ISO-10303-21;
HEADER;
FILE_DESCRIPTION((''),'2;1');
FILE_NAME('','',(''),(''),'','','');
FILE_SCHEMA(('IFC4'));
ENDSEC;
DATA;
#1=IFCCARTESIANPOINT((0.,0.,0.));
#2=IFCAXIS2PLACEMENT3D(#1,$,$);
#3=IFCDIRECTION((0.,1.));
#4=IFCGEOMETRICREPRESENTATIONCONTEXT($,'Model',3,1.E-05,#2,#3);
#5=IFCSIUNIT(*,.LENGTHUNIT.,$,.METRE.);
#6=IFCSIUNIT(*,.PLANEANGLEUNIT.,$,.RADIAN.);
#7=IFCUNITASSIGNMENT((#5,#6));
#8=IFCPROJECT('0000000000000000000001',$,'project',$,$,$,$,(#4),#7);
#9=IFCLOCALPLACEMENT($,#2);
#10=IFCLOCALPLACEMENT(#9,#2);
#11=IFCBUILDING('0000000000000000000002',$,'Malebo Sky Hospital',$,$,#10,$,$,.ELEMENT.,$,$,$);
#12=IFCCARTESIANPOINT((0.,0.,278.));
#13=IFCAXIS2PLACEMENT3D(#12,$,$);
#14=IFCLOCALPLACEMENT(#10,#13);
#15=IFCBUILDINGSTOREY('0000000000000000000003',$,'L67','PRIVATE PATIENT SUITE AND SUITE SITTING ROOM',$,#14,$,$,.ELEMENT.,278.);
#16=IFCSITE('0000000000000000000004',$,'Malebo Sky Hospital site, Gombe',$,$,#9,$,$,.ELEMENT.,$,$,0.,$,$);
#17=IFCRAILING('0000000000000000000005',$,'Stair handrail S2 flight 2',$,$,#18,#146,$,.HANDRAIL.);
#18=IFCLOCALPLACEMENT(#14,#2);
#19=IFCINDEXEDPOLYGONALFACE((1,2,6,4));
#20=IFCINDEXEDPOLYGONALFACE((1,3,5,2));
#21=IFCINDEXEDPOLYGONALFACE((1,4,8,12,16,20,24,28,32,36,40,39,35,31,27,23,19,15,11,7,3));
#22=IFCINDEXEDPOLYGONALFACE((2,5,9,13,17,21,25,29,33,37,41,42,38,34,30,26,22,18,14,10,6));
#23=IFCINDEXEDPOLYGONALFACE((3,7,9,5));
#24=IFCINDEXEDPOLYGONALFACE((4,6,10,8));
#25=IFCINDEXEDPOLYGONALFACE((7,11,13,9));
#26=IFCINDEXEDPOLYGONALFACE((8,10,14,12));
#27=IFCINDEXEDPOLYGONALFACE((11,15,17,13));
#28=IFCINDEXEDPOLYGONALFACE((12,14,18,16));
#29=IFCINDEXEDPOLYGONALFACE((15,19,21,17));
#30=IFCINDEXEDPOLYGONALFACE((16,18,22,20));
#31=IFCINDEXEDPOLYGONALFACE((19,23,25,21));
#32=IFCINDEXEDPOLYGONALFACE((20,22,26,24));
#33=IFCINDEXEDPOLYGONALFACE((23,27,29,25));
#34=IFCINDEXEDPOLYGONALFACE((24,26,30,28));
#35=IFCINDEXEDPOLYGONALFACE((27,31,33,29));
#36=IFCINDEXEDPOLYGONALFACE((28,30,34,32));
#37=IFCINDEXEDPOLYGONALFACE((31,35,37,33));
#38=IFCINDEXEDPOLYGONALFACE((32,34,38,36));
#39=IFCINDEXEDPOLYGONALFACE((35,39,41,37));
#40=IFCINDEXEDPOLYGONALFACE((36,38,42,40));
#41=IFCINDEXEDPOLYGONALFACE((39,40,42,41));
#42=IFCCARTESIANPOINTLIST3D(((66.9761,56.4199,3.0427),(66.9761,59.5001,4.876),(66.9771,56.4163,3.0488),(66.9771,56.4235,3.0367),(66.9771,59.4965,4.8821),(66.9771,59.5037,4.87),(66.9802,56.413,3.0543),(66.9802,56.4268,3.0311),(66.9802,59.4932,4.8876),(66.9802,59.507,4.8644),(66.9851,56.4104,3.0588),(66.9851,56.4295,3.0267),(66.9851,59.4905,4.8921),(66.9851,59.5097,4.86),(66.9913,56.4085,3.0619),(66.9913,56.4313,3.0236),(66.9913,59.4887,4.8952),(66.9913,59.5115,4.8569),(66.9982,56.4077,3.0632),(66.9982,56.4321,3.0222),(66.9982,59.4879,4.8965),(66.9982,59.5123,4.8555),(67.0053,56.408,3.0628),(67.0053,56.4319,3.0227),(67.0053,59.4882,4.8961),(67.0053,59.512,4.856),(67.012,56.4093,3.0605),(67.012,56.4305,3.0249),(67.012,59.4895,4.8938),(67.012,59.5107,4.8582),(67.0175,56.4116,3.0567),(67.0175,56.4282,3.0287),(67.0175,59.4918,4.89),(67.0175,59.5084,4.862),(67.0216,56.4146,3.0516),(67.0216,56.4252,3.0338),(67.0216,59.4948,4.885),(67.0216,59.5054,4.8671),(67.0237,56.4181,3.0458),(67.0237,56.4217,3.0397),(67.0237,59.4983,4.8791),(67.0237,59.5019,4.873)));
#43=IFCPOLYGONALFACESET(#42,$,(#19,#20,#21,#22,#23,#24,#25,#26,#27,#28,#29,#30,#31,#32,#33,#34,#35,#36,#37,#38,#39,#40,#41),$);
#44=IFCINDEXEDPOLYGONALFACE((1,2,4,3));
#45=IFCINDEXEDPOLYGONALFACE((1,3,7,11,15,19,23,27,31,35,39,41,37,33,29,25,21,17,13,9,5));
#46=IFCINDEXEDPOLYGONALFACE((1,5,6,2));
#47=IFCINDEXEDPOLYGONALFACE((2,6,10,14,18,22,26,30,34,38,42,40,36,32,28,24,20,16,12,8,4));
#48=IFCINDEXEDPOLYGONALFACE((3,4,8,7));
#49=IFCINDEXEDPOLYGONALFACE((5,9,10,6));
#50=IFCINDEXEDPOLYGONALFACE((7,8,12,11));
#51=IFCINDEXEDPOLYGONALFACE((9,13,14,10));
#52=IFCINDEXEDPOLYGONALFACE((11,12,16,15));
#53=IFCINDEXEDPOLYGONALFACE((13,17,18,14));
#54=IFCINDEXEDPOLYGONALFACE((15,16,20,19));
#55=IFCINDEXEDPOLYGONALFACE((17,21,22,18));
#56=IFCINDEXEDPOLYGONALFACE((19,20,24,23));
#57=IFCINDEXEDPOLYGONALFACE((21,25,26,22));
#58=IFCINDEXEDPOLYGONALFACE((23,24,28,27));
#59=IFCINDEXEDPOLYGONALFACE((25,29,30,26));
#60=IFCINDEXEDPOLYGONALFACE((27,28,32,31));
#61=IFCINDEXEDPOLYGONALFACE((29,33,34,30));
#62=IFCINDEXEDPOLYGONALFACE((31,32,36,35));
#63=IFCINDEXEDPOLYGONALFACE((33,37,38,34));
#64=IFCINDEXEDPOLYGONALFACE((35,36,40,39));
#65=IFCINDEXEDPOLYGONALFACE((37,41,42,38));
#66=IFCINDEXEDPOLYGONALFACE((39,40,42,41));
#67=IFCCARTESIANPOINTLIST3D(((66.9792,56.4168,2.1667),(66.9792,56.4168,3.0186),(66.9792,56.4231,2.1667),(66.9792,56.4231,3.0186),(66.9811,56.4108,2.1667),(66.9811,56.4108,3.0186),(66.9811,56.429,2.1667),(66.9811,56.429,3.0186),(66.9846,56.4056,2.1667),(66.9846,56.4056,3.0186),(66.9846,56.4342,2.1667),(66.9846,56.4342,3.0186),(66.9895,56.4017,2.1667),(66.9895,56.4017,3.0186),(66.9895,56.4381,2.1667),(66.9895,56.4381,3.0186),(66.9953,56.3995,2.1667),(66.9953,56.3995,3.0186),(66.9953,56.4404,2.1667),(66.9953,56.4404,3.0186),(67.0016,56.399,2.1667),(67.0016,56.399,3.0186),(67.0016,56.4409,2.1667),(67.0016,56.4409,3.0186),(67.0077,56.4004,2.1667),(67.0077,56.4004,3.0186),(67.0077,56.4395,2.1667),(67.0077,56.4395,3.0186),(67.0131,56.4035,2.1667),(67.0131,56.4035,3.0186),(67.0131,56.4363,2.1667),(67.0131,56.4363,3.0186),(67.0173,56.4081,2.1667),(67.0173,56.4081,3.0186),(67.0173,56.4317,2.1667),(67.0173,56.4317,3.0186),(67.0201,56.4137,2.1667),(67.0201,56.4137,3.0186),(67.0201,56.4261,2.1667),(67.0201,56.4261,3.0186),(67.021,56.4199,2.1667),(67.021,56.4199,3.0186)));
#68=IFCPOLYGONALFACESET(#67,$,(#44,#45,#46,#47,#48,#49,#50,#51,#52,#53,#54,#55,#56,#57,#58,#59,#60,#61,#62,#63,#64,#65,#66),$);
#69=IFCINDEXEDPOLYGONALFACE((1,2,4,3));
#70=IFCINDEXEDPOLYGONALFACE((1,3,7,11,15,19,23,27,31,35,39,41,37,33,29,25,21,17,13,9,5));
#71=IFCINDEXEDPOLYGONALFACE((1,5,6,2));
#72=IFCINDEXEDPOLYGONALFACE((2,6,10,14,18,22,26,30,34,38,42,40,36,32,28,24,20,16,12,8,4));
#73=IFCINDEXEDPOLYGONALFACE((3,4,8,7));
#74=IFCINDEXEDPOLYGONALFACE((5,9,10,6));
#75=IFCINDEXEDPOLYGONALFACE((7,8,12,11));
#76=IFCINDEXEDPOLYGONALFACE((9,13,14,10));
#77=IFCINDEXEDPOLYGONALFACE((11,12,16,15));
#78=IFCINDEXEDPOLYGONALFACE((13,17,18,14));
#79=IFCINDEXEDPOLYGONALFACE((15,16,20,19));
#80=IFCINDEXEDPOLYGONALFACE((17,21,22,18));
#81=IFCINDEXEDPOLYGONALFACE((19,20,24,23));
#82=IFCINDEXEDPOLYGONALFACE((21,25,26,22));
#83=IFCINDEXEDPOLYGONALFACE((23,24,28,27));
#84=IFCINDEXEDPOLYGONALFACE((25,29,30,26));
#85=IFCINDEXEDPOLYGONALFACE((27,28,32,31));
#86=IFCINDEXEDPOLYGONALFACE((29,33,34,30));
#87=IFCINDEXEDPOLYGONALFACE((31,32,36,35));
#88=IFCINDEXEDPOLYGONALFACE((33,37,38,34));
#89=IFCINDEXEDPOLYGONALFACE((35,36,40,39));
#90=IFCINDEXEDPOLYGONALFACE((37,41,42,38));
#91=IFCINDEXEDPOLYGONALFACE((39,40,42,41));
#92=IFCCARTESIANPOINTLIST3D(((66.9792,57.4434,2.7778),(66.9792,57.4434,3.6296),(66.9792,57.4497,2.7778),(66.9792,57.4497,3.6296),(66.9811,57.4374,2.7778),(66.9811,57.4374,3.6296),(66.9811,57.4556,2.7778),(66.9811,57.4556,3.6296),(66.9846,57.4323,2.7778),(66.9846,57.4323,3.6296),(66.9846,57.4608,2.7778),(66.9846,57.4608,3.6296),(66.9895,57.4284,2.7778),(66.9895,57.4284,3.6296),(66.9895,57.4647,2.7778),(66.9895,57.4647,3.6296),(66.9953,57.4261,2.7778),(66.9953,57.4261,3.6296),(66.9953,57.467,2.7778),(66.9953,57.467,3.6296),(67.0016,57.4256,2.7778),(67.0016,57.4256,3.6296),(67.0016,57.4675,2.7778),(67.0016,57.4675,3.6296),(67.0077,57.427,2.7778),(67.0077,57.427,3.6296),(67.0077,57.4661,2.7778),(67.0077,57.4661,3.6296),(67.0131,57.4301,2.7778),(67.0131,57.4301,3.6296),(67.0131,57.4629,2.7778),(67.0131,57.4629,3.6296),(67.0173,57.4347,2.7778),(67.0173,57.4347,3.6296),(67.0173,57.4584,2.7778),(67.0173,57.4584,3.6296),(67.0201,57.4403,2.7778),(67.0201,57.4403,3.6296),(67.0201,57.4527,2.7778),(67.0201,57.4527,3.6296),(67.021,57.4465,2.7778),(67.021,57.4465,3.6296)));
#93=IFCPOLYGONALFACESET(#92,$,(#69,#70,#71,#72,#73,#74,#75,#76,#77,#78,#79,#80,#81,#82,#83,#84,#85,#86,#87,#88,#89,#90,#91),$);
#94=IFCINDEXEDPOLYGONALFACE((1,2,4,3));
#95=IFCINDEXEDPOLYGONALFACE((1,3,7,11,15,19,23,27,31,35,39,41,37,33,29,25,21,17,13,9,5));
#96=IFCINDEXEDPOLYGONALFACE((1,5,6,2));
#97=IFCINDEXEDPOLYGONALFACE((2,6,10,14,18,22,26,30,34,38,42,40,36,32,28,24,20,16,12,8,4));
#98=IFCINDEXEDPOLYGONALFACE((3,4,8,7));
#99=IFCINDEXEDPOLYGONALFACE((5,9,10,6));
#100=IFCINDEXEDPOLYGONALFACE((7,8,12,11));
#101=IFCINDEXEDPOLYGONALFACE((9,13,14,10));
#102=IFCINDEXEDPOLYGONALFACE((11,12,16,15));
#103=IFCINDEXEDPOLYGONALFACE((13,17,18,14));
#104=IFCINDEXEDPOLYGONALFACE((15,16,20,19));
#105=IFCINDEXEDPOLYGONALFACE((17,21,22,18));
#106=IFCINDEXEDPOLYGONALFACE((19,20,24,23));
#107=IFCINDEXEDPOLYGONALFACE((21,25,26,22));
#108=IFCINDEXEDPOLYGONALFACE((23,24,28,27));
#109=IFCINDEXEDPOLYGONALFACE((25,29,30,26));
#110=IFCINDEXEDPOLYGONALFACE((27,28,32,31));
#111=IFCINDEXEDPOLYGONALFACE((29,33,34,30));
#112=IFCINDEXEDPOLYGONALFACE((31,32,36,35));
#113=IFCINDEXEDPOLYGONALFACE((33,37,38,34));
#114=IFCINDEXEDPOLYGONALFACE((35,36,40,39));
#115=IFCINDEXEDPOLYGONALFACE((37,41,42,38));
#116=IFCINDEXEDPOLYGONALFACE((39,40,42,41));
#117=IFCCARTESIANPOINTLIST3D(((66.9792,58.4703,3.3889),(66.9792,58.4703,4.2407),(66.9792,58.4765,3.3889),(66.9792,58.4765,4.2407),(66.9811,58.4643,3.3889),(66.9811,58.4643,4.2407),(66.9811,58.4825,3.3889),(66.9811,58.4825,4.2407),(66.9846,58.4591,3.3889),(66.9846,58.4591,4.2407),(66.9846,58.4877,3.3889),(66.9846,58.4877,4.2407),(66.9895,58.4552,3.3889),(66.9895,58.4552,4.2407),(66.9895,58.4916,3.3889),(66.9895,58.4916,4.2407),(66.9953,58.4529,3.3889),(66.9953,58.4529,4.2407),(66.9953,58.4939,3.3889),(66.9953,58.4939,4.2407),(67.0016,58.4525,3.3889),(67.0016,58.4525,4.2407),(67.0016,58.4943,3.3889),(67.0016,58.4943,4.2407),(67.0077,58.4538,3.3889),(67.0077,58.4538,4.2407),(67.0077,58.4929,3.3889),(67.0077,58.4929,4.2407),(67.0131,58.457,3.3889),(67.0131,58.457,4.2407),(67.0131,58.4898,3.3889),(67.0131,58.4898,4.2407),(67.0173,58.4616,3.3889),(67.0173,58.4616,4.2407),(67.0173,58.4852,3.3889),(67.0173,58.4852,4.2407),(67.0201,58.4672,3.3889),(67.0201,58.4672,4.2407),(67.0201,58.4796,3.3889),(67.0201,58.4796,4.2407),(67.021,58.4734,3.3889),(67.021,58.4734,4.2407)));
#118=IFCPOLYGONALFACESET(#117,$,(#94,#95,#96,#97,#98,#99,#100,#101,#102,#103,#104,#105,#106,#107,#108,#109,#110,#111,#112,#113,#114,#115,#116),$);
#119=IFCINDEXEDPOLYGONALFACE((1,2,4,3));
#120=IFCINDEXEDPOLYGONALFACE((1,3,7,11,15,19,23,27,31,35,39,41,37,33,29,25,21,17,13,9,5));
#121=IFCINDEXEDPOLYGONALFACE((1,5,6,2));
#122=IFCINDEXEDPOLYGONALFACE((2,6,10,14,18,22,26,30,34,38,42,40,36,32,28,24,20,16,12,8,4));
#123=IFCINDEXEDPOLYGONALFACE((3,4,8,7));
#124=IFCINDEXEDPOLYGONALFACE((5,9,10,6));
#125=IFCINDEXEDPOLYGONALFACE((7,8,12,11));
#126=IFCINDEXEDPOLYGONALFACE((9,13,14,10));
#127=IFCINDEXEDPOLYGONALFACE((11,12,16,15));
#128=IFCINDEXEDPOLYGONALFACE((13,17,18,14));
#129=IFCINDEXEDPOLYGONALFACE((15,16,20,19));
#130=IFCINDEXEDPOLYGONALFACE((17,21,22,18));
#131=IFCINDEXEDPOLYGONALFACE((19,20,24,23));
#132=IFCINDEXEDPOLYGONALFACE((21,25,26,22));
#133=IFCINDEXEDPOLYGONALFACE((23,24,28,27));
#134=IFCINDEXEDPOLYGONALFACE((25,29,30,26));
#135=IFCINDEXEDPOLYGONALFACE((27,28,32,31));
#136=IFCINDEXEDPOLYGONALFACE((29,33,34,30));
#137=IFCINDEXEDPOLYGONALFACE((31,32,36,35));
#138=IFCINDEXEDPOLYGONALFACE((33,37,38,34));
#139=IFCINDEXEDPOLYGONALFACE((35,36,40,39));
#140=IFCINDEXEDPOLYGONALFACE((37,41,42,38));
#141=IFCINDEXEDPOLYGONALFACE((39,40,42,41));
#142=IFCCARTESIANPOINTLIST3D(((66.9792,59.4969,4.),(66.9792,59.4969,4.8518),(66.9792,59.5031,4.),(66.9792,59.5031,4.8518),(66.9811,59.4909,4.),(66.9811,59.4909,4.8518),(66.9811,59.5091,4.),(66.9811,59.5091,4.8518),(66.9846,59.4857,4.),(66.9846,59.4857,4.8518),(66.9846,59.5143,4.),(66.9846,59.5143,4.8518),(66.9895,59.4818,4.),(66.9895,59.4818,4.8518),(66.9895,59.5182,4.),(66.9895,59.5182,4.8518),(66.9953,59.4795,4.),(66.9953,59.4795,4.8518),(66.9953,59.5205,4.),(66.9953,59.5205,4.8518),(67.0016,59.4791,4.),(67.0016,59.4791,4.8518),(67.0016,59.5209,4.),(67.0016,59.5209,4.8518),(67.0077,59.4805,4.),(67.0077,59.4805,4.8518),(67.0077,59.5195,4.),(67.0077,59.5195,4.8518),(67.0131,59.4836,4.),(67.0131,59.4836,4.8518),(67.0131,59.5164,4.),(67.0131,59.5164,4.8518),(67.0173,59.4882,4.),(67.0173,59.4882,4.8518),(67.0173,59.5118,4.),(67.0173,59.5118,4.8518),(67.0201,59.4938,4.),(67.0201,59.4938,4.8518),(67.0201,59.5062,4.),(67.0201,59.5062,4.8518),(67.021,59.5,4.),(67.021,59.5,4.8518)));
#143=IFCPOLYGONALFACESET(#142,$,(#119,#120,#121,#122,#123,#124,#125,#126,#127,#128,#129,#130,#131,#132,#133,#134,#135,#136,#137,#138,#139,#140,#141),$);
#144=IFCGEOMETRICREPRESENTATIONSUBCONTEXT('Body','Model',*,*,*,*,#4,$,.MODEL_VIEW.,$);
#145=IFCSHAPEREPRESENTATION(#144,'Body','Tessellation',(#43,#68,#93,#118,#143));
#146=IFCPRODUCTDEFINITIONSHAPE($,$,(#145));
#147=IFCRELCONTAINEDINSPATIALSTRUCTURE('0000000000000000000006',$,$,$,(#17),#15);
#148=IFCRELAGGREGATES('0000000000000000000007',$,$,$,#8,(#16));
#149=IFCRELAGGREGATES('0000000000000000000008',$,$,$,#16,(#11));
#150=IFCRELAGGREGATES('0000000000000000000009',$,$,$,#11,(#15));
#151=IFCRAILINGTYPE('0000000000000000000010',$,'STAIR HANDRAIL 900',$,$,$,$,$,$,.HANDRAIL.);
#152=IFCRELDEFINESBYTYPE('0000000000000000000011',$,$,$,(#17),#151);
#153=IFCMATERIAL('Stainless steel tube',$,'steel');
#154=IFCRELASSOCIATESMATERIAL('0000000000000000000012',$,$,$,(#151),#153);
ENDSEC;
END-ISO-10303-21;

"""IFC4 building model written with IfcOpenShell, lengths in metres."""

from ifc_helpers import new_model, si_unit, direction, frame, origin, origin_2d, place, context, subcontext, project, spatial, circle, extrude, material, type_object, element, save


model = new_model("IFC4")

# Units and contexts
model_context = context("Model", 3, precision=1e-05, world=origin(), true_north=direction((0.0, 1.0)))
body_context = subcontext(model_context, "Body", "Model", "MODEL_VIEW")
ifc_project = project(units=[si_unit("LENGTHUNIT", "METRE"), si_unit("PLANEANGLEUNIT", "RADIAN")], contexts=[model_context])

# Site, building, storey
site_placement = place(None, origin())
site = spatial("IfcSite", under=ifc_project, at=site_placement, Name="Malebo Sky Hospital site, Gombe", CompositionType="ELEMENT", RefElevation=0.0)
building_placement = place(site_placement, origin())
building = spatial("IfcBuilding", under=site, at=building_placement, Name="Malebo Sky Hospital", CompositionType="ELEMENT")
storey_placement = place(building_placement, frame((0.0, 0.0, 278.0)))
storey = spatial("IfcBuildingStorey", under=building, at=storey_placement, Name="L67", Description="PRIVATE PATIENT SUITE AND SUITE SITTING ROOM", CompositionType="ELEMENT", Elevation=278.0)

# Railing
ifc_material_1 = material(Name="Stainless steel tube", Category="steel")
railing_type = type_object("IfcRailingType", Name="STAIR HANDRAIL 900", PredefinedType="HANDRAIL", material=ifc_material_1)
railing_1_placement = place(storey_placement, frame((67.0, 56.4199, 2.1667)))
element("IfcRailing", 1, at=railing_1_placement, inside=storey, type_object=railing_type, Name="Stair handrail S2 flight 2", PredefinedType="HANDRAIL", context=body_context, shape_type="SweptSolid", body=[
    extrude(circle(Radius=0.0239, at=origin_2d()), frame((0.0, 0.0, 0.876), z_axis=(0.0, 0.859309, 0.511458), x_axis=(-1.0, 0.0, 0.0)), (0.0, 0.0, 1.0), 3.5845),
    extrude(circle(Radius=0.021, at=origin_2d()), origin(), (0.0, 0.0, 1.0), 0.8518),
    extrude(circle(Radius=0.021, at=origin_2d()), frame((0.0, 1.0266, 0.6111)), (0.0, 0.0, 1.0), 0.8518),
    extrude(circle(Radius=0.021, at=origin_2d()), frame((0.0, 2.0535, 1.2222)), (0.0, 0.0, 1.0), 0.8518),
    extrude(circle(Radius=0.021, at=origin_2d()), frame((0.0, 3.0801, 1.8333)), (0.0, 0.0, 1.0), 0.8518),
])

save(model, "model.ifc")
